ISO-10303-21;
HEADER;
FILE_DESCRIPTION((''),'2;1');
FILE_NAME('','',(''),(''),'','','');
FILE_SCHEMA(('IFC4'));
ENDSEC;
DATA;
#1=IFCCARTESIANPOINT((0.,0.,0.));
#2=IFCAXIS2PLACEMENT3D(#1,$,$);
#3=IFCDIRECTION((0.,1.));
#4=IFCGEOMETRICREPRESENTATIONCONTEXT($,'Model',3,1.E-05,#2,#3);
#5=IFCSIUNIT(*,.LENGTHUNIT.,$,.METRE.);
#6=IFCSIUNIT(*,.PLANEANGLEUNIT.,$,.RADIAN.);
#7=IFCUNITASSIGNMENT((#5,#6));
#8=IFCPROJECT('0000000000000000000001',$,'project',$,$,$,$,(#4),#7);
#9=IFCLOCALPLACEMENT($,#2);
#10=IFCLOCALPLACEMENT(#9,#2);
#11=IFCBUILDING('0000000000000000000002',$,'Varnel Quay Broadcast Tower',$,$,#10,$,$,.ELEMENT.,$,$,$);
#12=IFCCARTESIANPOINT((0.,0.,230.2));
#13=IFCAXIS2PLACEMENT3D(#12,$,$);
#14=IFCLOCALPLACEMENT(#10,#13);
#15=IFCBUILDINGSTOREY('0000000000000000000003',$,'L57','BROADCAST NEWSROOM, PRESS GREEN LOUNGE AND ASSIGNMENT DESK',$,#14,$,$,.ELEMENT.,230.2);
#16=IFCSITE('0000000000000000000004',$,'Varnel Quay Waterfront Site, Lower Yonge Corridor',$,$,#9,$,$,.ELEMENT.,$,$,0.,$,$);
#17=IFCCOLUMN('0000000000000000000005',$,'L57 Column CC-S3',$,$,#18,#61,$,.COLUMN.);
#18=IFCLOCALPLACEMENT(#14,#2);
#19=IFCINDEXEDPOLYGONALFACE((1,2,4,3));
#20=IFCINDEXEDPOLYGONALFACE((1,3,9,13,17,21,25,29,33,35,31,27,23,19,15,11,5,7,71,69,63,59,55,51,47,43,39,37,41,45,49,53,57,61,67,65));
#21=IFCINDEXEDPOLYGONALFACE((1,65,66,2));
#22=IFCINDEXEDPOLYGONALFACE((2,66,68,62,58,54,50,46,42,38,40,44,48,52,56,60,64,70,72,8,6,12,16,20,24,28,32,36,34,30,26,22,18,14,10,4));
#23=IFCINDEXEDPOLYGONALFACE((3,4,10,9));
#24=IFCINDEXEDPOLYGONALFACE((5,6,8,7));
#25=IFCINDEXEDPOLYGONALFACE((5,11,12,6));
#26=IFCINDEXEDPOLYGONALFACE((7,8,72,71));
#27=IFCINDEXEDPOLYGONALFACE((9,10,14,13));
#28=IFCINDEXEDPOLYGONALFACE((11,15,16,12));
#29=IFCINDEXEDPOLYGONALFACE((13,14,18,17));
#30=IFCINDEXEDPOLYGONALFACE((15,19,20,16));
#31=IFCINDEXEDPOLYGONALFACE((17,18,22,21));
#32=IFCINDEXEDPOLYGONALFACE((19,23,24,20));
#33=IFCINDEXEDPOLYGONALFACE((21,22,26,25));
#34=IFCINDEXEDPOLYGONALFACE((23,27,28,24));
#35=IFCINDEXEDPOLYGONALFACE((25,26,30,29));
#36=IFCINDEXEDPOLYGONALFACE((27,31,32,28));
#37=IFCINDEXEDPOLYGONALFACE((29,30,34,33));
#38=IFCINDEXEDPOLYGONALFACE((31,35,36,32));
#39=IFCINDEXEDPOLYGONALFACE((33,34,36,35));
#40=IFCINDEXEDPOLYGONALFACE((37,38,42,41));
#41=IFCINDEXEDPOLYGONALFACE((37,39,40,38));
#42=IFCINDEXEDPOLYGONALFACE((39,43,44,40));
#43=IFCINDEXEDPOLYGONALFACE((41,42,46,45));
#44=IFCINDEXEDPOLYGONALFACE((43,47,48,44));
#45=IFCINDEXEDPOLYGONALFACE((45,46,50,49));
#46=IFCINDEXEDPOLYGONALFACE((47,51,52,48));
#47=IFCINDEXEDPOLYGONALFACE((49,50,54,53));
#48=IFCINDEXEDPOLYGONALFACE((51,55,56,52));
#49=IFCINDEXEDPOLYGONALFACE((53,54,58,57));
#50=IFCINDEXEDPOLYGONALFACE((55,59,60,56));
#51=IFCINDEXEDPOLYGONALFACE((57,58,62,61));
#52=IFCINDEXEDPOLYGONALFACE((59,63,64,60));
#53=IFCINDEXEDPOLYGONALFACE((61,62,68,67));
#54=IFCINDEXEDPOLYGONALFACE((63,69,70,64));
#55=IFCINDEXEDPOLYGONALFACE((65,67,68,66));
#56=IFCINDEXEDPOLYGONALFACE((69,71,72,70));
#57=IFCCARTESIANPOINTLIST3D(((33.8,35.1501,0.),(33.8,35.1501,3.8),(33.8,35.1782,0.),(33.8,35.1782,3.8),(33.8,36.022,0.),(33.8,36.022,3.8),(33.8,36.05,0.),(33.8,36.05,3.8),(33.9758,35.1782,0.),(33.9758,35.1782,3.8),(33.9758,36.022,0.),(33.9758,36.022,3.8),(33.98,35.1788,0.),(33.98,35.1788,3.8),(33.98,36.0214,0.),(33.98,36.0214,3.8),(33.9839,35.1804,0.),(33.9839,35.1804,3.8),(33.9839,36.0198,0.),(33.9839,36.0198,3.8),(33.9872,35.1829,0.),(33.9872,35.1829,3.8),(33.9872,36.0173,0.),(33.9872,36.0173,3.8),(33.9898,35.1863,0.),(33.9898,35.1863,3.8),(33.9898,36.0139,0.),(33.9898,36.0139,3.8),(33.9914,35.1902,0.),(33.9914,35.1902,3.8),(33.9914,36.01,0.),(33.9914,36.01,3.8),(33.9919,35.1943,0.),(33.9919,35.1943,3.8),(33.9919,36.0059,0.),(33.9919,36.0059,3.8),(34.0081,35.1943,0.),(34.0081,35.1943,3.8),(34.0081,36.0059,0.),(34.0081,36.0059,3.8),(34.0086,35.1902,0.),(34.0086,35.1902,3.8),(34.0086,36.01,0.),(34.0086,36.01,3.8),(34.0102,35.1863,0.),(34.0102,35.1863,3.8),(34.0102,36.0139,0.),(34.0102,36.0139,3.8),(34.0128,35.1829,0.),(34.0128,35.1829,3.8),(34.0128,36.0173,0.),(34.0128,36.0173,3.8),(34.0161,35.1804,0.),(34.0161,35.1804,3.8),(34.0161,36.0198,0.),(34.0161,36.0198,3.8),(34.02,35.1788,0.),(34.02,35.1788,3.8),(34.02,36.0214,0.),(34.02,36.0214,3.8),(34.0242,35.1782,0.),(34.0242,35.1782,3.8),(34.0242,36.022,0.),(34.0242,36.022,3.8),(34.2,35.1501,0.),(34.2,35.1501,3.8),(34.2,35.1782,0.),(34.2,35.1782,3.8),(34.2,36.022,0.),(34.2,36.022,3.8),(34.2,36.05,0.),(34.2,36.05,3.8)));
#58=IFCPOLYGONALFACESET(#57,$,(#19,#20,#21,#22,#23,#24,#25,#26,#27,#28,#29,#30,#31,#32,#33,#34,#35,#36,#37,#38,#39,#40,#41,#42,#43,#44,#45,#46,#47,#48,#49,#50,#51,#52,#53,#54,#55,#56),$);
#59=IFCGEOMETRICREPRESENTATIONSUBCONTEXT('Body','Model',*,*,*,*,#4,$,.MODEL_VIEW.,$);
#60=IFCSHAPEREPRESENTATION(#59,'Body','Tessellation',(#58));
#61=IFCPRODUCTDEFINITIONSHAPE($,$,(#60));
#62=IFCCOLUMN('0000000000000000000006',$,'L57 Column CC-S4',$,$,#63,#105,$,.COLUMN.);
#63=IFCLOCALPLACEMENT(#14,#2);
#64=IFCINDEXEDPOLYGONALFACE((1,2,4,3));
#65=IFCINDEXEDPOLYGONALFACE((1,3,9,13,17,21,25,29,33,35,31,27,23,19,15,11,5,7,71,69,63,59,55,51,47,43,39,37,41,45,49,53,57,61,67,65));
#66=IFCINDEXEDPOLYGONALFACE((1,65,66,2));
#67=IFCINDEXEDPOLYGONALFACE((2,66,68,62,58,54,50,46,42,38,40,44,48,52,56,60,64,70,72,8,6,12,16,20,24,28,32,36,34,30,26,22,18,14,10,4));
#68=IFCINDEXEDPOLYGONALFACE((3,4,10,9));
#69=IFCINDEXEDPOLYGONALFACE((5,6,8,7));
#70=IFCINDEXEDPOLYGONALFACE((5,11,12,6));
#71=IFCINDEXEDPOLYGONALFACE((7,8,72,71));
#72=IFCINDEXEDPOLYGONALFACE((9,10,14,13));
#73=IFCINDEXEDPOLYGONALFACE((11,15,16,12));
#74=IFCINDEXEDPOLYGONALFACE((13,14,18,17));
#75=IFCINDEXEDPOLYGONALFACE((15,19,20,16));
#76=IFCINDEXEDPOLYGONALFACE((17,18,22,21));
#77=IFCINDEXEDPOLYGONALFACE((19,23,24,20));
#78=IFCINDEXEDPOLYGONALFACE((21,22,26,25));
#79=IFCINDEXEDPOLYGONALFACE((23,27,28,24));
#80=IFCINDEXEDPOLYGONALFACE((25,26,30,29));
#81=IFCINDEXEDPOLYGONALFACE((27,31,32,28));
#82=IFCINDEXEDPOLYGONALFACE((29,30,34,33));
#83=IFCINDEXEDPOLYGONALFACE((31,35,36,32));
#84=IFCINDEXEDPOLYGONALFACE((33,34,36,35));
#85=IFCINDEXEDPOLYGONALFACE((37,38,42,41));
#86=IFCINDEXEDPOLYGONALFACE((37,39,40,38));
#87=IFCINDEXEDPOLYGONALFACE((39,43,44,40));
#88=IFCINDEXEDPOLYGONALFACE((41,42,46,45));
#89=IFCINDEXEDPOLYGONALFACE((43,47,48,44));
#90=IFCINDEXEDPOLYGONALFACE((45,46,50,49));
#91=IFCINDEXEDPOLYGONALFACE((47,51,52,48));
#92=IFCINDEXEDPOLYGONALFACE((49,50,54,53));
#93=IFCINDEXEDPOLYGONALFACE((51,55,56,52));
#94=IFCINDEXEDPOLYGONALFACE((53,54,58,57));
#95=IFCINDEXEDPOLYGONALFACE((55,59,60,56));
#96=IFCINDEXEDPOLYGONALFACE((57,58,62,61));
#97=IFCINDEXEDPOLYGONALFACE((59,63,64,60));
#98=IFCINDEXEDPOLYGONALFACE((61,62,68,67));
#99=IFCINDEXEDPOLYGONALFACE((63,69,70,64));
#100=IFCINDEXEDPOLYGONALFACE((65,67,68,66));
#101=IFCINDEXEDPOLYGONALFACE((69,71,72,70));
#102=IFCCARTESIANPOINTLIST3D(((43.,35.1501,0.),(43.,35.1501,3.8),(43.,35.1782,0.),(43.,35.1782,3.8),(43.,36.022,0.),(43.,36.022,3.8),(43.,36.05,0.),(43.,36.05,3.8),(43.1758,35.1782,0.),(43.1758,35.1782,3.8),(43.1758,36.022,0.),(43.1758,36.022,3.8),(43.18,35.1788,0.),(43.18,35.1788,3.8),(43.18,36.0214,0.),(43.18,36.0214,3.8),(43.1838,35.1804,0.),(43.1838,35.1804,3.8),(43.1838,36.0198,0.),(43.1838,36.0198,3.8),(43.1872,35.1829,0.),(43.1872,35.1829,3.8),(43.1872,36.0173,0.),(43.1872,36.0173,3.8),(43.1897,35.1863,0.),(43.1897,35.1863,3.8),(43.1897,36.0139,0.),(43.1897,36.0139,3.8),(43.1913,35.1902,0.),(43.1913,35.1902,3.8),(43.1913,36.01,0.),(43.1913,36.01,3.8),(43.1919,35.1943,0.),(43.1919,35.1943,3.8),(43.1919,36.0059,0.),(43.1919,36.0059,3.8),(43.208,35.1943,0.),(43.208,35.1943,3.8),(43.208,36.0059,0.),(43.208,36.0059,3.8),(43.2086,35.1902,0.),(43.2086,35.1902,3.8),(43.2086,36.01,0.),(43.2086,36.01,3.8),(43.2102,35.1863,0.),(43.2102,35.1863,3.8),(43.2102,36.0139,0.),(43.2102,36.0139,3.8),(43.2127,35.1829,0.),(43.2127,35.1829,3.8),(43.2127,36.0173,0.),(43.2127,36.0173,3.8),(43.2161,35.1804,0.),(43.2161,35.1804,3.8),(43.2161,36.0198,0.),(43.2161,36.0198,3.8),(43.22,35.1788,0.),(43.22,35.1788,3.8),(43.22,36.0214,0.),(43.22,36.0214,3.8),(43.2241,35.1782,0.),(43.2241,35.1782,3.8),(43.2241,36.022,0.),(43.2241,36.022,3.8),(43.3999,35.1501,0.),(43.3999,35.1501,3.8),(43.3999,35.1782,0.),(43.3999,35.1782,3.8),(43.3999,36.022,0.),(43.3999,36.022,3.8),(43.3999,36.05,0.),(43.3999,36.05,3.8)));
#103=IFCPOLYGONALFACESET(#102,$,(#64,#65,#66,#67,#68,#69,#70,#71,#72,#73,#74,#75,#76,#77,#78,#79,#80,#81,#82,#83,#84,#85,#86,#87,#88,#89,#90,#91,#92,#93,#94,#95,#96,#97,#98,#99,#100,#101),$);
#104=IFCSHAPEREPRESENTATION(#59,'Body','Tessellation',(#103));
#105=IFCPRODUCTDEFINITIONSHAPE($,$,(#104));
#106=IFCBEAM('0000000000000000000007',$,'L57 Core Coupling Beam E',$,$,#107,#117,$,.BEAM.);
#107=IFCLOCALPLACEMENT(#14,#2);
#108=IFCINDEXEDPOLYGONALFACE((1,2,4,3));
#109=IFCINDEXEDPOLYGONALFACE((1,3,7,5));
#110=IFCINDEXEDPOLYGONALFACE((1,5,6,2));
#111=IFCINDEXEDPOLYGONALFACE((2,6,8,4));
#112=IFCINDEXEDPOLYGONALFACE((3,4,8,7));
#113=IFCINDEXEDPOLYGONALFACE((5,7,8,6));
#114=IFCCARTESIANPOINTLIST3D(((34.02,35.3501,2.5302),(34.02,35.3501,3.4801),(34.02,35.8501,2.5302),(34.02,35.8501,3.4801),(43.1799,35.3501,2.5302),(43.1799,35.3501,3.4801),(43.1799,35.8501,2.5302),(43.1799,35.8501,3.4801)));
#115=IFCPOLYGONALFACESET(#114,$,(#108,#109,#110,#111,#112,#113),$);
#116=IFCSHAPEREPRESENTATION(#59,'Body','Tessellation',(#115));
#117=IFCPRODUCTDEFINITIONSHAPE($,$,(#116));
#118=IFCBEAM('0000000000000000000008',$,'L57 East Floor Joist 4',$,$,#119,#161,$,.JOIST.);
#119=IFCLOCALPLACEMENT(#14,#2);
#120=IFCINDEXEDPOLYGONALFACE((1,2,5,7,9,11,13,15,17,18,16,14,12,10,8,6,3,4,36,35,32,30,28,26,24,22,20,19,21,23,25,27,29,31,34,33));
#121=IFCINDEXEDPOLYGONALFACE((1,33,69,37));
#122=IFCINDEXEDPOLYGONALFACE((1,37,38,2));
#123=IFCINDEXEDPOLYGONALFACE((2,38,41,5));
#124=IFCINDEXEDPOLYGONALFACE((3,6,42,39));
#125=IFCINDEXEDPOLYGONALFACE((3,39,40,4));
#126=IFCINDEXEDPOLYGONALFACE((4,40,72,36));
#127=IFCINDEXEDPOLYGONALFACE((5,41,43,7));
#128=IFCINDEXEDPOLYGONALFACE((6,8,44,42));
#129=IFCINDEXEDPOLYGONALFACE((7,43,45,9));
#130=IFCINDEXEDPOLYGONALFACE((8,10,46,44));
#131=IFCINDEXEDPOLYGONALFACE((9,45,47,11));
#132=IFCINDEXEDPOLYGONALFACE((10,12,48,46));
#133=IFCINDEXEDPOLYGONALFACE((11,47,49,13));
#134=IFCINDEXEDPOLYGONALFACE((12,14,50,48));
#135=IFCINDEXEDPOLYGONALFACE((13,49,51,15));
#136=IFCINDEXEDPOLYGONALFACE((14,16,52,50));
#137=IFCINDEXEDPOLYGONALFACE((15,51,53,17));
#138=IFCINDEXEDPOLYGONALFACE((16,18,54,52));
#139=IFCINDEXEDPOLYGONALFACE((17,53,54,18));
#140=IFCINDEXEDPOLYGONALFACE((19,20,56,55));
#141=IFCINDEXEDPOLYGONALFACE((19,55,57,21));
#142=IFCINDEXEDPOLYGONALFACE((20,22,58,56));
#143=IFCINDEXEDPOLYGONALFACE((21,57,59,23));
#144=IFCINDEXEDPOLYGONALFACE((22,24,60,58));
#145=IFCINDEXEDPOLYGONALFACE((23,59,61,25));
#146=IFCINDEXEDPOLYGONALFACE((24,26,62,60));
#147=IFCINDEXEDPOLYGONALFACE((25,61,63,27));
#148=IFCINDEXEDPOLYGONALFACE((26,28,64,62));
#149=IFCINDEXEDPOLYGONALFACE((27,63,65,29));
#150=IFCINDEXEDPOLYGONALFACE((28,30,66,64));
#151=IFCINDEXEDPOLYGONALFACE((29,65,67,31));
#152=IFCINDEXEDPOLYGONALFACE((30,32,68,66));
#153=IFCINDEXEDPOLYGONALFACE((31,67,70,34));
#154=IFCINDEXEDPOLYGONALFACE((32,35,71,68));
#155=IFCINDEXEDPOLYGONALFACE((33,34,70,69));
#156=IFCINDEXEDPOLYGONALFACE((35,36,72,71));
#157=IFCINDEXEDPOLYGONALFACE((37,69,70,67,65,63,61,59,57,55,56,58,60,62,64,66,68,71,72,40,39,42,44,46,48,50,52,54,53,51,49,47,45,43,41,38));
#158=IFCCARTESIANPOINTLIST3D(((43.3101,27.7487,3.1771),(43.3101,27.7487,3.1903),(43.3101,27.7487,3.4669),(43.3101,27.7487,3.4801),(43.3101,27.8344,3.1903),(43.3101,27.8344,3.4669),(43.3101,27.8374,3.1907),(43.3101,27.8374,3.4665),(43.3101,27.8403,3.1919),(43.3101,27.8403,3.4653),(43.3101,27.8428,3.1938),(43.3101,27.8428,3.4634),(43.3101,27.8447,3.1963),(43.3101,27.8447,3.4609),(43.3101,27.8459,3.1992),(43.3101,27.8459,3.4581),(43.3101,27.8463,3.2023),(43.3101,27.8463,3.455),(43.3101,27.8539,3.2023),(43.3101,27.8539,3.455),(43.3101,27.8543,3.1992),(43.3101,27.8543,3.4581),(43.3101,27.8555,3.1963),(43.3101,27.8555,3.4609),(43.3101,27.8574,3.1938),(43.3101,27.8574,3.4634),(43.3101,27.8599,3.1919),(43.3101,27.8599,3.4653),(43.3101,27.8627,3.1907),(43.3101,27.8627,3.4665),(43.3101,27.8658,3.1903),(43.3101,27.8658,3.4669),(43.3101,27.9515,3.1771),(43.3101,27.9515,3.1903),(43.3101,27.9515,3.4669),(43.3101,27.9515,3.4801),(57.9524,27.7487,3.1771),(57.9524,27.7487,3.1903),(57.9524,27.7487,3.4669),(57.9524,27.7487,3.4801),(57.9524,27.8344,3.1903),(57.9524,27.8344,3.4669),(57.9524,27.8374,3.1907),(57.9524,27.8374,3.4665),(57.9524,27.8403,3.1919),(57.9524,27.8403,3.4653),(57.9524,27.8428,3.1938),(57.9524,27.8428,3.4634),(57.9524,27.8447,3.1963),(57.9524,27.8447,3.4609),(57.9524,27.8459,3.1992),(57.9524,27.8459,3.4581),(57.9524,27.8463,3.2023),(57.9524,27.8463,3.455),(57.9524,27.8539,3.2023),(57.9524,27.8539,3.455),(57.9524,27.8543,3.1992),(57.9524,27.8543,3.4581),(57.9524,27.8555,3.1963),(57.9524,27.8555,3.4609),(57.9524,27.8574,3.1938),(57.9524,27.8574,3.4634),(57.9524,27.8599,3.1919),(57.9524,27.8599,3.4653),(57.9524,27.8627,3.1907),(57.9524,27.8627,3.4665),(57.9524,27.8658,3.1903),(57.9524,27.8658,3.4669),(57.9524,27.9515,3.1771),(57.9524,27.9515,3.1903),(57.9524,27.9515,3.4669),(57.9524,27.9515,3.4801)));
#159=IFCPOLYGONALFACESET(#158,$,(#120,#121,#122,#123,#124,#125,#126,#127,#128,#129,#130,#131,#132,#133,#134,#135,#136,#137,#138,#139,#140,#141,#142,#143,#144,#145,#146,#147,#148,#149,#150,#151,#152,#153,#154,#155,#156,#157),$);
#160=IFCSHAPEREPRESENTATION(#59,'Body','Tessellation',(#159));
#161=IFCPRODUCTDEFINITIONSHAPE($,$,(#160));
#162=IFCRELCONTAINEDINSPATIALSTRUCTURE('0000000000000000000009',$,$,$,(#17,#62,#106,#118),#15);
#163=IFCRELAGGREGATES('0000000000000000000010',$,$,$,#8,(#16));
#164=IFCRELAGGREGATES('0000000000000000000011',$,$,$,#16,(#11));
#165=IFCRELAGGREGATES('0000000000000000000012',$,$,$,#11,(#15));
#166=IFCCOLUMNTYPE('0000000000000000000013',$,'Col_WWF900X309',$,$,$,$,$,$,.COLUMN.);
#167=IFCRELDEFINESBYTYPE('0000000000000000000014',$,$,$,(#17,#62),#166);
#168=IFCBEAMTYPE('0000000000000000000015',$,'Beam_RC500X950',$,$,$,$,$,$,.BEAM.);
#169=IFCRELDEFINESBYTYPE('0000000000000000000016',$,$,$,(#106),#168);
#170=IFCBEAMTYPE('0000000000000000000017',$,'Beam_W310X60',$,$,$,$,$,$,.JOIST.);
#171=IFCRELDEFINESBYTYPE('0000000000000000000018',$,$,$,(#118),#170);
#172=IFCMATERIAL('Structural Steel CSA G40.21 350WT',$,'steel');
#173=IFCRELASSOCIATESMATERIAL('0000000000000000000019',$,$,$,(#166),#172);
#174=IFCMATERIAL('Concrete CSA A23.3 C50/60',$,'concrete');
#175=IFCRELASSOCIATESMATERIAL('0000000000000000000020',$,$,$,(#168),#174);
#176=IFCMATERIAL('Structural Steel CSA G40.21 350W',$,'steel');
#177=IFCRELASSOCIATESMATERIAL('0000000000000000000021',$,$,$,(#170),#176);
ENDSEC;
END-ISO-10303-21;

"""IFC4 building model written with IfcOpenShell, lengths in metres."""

from ifc_helpers import new_model, si_unit, direction, frame, origin, origin_2d, place, context, subcontext, project, spatial, rectangle, i_section, extrude, source, transform, mapped, material, material_profile, profile_set, type_object, type_shapes, element, save


model = new_model("IFC4")

# Units and contexts
model_context = context("Model", 3, precision=1e-05, world=origin(), true_north=direction((0.0, 1.0)))
body_context = subcontext(model_context, "Body", "Model", "MODEL_VIEW")
ifc_project = project(units=[si_unit("LENGTHUNIT", "METRE"), si_unit("PLANEANGLEUNIT", "RADIAN")], contexts=[model_context])

# Site, building, storey
site_placement = place(None, origin())
site = spatial("IfcSite", under=ifc_project, at=site_placement, Name="Varnel Quay Waterfront Site, Lower Yonge Corridor", CompositionType="ELEMENT", RefElevation=0.0)
building_placement = place(site_placement, origin())
building = spatial("IfcBuilding", under=site, at=building_placement, Name="Varnel Quay Broadcast Tower", CompositionType="ELEMENT")
storey_placement = place(building_placement, frame((0.0, 0.0, 230.2)))
storey = spatial("IfcBuildingStorey", under=building, at=storey_placement, Name="L57", Description="BROADCAST NEWSROOM, PRESS GREEN LOUNGE AND ASSIGNMENT DESK", CompositionType="ELEMENT", Elevation=230.2)

# Columns
ifc_material_1 = material(Name="Structural Steel CSA G40.21 350WT", Category="steel")
ifc_material_profile_1 = material_profile(ifc_material_1, i_section(OverallWidth=0.3999, OverallDepth=0.8999, WebThickness=0.0161, FlangeThickness=0.0281, FilletRadius=0.0161, at=origin_2d()), Name="WWF900X309")
ifc_profile_set_1 = profile_set([ifc_material_profile_1], Name="Structural Steel CSA G40.21 350WT")
column_type = type_object("IfcColumnType", Name="Col_WWF900X309", PredefinedType="COLUMN", material=ifc_profile_set_1)
shared_shape_1 = source(origin(), body_context, "Body", "SweptSolid", [
    extrude(i_section(OverallWidth=0.3999, OverallDepth=0.8999, WebThickness=0.0161, FlangeThickness=0.0281, FilletRadius=0.0161, at=origin_2d()), origin(), (0.0, 0.0, 1.0), 3.8),
])
type_shapes(column_type, [shared_shape_1])
for number, where, z_axis, x_axis, name in (
    (1, (34.0, 35.6001, 0.0), (0.0, 0.0, 1.0), (1.0, 0.0, 0.0), "L57 Column CC-S3"),
    (2, (43.2, 35.6001, 0.0), (0.0, 0.0, 1.0), (1.0, 0.0, 0.0), "L57 Column CC-S4"),
):
    element("IfcColumn", number, at=place(storey_placement, frame(where, z_axis=z_axis, x_axis=x_axis)), inside=storey, type_object=column_type, Name=name, PredefinedType="COLUMN", context=body_context, shape_type="MappedRepresentation", body=[
        mapped(shared_shape_1, transform((0.0, 0.0, 0.0), x_axis=(1.0, 0.0, 0.0), y_axis=(0.0, 1.0, 0.0), z_axis=(0.0, 0.0, 1.0), scale=1.0)),
    ])

# Beams
ifc_material_2 = material(Name="Concrete CSA A23.3 C50/60", Category="concrete")
ifc_material_profile_2 = material_profile(ifc_material_2, rectangle(XDim=0.5, YDim=0.95, at=origin_2d()), Name="RC500X950")
ifc_profile_set_2 = profile_set([ifc_material_profile_2], Name="Concrete CSA A23.3 C50/60")
beam_type_1 = type_object("IfcBeamType", Name="Beam_RC500X950", PredefinedType="BEAM", material=ifc_profile_set_2)
shared_shape_2 = source(origin(), body_context, "Body", "SweptSolid", [
    extrude(rectangle(XDim=0.5, YDim=0.95, at=origin_2d()), origin(), (0.0, 0.0, 1.0), 9.1599),
])
type_shapes(beam_type_1, [shared_shape_2])
beam_1_placement = place(storey_placement, frame((34.02, 35.6001, 3.0051), z_axis=(1.0, 0.0, 0.0), x_axis=(0.0, 1.0, 0.0)))
element("IfcBeam", 3, at=beam_1_placement, inside=storey, type_object=beam_type_1, Name="L57 Core Coupling Beam E", PredefinedType="BEAM", context=body_context, shape_type="MappedRepresentation", body=[
    mapped(shared_shape_2, transform((0.0, 0.0, 0.0), x_axis=(1.0, 0.0, 0.0), y_axis=(0.0, 1.0, 0.0), z_axis=(0.0, 0.0, 1.0), scale=1.0)),
])
ifc_material_3 = material(Name="Structural Steel CSA G40.21 350W", Category="steel")
ifc_material_profile_3 = material_profile(ifc_material_3, i_section(OverallWidth=0.2029, OverallDepth=0.303, WebThickness=0.0076, FlangeThickness=0.0132, FilletRadius=0.012, at=origin_2d()), Name="W310X60")
ifc_profile_set_3 = profile_set([ifc_material_profile_3], Name="Structural Steel CSA G40.21 350W")
beam_type_2 = type_object("IfcBeamType", Name="Beam_W310X60", PredefinedType="JOIST", material=ifc_profile_set_3)
shared_shape_3 = source(origin(), body_context, "Body", "SweptSolid", [
    extrude(i_section(OverallWidth=0.2029, OverallDepth=0.303, WebThickness=0.0076, FlangeThickness=0.0132, FilletRadius=0.012, at=origin_2d()), origin(), (0.0, 0.0, 1.0), 14.6423),
])
type_shapes(beam_type_2, [shared_shape_3])
beam_2_placement = place(storey_placement, frame((43.3101, 27.8501, 3.3286), z_axis=(1.0, 0.0, 0.0), x_axis=(0.0, 1.0, 0.0)))
element("IfcBeam", 4, at=beam_2_placement, inside=storey, type_object=beam_type_2, Name="L57 East Floor Joist 4", PredefinedType="JOIST", context=body_context, shape_type="MappedRepresentation", body=[
    mapped(shared_shape_3, transform((0.0, 0.0, 0.0), x_axis=(1.0, 0.0, 0.0), y_axis=(0.0, 1.0, 0.0), z_axis=(0.0, 0.0, 1.0), scale=1.0)),
])

save(model, "model.ifc")
